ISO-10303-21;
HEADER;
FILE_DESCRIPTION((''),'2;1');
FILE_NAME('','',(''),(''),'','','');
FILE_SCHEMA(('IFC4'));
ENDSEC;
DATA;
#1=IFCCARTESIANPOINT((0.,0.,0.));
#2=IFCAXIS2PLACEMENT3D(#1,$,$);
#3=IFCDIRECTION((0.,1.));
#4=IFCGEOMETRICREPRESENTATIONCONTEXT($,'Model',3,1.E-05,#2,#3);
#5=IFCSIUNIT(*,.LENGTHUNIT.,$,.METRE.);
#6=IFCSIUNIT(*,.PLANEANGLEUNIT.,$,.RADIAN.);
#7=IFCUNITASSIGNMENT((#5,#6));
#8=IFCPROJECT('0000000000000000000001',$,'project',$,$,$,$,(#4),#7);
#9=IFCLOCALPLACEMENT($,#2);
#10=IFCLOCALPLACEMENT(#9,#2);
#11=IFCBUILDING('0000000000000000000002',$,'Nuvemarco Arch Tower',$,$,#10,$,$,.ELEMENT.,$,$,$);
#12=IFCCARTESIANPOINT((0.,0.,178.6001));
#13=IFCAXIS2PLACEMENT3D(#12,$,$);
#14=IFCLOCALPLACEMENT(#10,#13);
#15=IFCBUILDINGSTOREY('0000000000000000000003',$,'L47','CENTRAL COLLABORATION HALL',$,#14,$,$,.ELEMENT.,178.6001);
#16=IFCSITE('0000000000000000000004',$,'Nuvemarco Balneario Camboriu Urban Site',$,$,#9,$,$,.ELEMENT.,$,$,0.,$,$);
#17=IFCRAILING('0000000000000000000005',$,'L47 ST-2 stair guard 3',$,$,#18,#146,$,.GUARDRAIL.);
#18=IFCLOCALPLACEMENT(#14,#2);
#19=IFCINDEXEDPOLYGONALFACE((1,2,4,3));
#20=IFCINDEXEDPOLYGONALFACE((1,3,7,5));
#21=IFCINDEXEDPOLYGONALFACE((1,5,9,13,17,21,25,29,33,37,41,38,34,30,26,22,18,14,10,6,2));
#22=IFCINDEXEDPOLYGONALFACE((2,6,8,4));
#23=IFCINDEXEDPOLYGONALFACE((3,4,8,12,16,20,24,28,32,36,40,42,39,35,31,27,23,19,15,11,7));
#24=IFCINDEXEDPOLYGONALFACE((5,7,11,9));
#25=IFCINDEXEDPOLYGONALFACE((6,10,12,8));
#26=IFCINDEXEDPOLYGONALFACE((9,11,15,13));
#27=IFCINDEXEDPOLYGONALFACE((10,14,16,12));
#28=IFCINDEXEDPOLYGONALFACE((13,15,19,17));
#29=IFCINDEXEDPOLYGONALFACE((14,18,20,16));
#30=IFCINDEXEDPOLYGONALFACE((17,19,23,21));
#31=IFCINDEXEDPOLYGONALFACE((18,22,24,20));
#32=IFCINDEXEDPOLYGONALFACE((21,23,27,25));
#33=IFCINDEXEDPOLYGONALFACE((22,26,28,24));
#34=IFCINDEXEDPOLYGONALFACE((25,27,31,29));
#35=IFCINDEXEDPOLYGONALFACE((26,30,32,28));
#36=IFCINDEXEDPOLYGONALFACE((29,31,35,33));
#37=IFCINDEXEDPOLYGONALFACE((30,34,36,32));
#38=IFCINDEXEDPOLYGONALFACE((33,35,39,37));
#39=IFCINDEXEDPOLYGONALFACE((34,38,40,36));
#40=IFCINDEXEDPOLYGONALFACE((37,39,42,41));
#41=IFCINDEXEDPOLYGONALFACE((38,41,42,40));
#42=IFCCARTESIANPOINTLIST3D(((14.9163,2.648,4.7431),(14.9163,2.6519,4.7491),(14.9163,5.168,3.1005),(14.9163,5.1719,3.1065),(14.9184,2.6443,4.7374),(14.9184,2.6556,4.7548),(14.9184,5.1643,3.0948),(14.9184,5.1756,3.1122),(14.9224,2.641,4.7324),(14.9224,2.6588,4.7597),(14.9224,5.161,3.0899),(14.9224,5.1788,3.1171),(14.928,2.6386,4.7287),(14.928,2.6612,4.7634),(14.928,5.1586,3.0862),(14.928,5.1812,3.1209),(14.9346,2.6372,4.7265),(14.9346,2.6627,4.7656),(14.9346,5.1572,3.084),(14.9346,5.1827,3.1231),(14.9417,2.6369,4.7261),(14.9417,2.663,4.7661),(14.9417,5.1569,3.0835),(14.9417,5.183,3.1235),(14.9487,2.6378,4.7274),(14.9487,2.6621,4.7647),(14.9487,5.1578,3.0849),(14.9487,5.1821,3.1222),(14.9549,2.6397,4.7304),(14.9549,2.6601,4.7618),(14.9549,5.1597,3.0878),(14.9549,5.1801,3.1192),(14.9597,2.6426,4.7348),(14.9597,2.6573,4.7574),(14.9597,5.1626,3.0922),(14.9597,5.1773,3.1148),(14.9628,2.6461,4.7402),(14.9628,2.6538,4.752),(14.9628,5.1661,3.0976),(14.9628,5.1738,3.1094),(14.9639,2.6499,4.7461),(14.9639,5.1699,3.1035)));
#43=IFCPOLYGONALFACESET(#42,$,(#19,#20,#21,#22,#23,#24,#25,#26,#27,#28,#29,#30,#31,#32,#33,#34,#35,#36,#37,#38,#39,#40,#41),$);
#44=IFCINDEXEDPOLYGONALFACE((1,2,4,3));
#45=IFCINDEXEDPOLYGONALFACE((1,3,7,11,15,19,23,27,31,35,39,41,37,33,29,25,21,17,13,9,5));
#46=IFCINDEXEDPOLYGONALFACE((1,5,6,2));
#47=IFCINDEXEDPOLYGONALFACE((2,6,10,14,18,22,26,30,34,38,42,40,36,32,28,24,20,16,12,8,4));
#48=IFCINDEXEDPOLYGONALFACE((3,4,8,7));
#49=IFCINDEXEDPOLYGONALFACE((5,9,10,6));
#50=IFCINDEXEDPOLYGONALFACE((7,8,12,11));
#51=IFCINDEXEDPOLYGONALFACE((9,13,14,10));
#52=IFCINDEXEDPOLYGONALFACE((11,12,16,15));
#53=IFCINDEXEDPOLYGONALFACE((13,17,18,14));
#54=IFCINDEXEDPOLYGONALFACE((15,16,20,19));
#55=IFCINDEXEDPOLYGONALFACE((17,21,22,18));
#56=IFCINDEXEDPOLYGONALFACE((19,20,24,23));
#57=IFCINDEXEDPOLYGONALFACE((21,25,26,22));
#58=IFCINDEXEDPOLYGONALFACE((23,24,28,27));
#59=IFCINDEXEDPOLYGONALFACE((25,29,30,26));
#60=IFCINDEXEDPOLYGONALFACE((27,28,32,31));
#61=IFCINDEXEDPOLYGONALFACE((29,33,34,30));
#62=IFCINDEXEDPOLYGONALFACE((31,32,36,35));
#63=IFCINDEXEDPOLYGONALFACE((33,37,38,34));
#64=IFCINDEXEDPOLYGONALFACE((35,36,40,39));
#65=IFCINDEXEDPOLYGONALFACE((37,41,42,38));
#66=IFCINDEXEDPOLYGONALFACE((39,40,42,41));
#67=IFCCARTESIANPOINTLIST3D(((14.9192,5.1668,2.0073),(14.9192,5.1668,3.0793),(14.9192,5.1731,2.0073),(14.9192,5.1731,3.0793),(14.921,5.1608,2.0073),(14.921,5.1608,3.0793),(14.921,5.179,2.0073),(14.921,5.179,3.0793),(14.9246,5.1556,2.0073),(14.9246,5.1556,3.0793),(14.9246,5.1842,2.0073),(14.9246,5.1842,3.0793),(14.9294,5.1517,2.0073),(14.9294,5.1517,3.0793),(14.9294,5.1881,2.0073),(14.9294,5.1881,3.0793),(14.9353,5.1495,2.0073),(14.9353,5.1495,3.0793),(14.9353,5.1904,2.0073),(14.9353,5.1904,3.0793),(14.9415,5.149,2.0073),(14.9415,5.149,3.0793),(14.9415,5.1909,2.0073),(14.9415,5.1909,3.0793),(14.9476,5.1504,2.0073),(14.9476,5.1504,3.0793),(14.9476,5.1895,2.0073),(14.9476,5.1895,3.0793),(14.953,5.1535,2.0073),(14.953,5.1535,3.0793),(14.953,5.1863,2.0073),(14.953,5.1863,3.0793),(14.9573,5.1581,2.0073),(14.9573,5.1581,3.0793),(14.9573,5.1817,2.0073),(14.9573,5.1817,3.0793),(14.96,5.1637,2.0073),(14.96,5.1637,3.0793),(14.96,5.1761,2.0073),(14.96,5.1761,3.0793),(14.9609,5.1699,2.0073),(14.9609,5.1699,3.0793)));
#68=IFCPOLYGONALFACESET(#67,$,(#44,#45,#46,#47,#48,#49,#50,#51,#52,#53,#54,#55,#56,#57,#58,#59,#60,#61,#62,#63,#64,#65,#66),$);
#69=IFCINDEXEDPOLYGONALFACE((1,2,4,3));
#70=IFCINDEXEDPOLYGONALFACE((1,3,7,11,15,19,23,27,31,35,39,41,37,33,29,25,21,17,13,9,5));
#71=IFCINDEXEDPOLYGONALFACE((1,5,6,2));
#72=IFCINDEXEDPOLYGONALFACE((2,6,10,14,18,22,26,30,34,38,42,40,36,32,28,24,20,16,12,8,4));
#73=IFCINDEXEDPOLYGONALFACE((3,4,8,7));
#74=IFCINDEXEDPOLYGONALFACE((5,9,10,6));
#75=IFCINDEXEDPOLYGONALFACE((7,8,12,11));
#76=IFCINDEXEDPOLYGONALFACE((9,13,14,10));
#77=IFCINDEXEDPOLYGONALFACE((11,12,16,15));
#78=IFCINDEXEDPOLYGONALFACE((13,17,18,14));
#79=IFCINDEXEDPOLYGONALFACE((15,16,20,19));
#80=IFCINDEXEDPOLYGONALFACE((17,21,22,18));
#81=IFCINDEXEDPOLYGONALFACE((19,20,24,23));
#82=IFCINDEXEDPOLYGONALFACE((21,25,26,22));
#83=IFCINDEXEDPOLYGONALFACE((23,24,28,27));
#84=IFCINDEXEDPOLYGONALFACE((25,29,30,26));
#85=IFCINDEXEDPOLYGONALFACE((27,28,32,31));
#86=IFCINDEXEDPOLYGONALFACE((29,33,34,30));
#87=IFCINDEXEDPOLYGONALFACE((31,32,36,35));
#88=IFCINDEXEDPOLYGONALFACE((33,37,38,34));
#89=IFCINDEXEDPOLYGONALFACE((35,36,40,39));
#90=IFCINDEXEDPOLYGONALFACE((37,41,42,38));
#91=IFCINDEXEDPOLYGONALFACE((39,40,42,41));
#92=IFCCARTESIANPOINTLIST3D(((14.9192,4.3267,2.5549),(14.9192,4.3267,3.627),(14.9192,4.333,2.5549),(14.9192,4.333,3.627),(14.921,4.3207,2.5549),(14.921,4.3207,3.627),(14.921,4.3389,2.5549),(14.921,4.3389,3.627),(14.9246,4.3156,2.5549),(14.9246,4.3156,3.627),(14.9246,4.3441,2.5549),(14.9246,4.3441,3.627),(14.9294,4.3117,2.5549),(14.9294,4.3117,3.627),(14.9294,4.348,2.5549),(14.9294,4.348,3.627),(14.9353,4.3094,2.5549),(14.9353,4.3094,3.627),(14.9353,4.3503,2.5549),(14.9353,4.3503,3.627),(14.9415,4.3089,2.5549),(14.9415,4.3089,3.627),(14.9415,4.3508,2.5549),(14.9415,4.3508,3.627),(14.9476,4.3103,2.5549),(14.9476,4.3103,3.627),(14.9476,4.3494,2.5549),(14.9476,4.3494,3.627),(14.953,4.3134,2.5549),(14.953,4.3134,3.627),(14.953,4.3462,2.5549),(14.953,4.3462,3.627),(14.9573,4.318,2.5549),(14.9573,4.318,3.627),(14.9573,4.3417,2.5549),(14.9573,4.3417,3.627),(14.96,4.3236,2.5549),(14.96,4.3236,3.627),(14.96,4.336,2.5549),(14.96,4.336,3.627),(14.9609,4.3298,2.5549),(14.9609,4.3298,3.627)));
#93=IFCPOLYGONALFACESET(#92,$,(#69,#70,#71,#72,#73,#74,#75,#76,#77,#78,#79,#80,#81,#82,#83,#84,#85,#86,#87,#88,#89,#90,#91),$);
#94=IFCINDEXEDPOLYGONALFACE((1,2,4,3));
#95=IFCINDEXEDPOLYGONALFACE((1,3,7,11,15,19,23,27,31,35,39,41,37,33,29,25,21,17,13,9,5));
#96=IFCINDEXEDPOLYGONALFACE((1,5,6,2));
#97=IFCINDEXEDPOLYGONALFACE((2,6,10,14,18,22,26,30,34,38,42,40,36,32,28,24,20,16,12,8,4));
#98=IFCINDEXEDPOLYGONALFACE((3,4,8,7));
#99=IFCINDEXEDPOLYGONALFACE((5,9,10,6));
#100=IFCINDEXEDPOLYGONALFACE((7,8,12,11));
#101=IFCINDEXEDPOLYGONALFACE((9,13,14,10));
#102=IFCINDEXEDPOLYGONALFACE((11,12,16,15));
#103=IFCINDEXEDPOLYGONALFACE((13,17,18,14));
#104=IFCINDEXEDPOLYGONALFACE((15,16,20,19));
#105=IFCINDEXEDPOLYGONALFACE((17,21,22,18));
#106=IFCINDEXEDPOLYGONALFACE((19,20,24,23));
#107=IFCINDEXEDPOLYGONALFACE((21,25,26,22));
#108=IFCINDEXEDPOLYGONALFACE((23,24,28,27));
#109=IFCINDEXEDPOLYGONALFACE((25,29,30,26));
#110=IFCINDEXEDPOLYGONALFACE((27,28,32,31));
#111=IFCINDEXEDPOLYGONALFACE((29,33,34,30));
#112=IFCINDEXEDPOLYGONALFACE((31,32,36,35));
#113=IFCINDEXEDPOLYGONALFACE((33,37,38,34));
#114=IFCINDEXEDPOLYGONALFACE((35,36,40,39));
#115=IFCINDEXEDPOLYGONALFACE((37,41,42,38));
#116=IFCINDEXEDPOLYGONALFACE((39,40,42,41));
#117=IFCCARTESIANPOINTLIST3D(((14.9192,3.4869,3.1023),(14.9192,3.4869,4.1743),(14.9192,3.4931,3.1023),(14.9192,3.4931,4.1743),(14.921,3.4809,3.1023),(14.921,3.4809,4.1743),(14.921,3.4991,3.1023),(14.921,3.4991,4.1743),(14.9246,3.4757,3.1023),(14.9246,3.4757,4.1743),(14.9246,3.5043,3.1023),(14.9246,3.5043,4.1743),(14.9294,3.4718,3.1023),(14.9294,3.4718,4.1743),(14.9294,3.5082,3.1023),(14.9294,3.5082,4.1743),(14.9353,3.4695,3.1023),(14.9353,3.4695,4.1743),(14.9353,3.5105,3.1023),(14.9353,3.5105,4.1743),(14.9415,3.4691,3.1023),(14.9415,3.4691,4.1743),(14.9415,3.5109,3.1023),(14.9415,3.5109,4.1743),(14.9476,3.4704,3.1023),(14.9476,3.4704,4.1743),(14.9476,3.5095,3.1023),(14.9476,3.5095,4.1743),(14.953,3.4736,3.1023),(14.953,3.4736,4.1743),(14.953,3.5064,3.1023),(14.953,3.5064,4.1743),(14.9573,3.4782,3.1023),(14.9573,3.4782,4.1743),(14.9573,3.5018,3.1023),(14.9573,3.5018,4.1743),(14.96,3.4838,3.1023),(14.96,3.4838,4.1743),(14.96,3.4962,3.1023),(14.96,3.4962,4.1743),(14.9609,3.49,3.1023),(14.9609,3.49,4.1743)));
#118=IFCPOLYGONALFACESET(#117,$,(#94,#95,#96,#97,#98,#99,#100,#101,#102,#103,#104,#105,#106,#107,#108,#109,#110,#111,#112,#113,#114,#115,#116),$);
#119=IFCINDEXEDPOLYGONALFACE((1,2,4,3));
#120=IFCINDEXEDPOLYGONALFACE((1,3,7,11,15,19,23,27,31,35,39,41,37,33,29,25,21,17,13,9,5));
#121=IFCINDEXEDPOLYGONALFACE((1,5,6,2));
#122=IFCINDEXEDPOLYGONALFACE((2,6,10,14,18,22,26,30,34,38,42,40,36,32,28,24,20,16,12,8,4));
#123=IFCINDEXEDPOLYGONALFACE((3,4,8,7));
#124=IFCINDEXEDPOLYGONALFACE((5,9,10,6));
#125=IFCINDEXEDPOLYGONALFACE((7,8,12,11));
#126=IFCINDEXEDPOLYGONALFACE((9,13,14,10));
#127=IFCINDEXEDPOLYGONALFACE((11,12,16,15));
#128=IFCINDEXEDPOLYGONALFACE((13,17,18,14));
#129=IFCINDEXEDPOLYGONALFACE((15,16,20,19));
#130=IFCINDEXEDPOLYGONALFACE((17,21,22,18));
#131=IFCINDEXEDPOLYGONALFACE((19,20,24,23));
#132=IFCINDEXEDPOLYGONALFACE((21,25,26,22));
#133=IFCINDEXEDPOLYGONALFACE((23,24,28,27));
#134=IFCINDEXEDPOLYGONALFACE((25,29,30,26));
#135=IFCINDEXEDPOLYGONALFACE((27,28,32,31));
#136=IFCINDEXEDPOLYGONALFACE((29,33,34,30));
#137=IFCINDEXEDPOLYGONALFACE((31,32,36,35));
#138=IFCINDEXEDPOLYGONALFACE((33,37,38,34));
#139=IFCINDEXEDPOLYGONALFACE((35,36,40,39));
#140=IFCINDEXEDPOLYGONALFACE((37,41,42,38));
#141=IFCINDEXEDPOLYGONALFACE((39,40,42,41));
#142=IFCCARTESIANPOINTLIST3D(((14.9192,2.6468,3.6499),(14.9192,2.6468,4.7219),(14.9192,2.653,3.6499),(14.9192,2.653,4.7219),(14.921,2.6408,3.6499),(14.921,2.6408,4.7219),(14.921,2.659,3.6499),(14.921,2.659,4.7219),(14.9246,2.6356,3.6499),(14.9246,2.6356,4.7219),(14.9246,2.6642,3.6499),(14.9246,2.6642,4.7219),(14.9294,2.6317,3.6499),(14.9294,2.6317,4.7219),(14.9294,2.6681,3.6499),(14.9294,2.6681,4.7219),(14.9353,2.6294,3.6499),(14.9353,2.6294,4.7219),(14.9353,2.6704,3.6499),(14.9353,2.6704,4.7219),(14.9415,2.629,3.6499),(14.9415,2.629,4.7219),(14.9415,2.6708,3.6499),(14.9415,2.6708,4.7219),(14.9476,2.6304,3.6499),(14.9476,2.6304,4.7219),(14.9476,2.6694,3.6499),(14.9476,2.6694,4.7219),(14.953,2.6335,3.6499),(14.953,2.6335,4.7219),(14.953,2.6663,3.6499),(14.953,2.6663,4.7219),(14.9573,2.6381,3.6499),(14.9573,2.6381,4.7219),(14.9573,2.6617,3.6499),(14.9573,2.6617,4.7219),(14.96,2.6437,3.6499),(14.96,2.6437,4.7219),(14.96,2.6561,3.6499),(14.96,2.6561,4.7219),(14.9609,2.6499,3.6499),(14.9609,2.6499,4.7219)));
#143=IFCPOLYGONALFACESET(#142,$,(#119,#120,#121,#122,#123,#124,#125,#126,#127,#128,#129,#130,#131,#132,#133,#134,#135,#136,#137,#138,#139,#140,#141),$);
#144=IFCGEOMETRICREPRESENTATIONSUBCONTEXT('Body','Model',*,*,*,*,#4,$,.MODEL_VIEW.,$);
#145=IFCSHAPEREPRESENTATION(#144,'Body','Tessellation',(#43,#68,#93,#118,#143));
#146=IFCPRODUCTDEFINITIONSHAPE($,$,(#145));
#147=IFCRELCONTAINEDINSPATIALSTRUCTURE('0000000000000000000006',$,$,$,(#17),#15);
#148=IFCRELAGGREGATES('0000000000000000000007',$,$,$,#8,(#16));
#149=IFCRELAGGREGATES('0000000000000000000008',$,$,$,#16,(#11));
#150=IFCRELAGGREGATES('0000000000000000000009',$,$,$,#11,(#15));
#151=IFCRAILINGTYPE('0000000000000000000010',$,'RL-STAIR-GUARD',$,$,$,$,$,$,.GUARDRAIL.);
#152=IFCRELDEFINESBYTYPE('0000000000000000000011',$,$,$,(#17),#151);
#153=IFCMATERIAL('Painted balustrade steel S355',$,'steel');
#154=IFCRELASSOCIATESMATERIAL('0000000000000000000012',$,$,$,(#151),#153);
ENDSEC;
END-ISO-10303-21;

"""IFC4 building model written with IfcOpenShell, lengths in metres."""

from ifc_helpers import new_model, si_unit, direction, frame, origin, origin_2d, place, context, subcontext, project, spatial, circle, extrude, material, type_object, element, save


model = new_model("IFC4")

# Units and contexts
model_context = context("Model", 3, precision=1e-05, world=origin(), true_north=direction((0.0, 1.0)))
body_context = subcontext(model_context, "Body", "Model", "MODEL_VIEW")
ifc_project = project(units=[si_unit("LENGTHUNIT", "METRE"), si_unit("PLANEANGLEUNIT", "RADIAN")], contexts=[model_context])

# Site, building, storey
site_placement = place(None, origin())
site = spatial("IfcSite", under=ifc_project, at=site_placement, Name="Nuvemarco Balneario Camboriu Urban Site", CompositionType="ELEMENT", RefElevation=0.0)
building_placement = place(site_placement, origin())
building = spatial("IfcBuilding", under=site, at=building_placement, Name="Nuvemarco Arch Tower", CompositionType="ELEMENT")
storey_placement = place(building_placement, frame((0.0, 0.0, 178.6001)))
storey = spatial("IfcBuildingStorey", under=building, at=storey_placement, Name="L47", Description="CENTRAL COLLABORATION HALL", CompositionType="ELEMENT", Elevation=178.6001)

# Railing
ifc_material_1 = material(Name="Painted balustrade steel S355", Category="steel")
railing_type_1 = type_object("IfcRailingType", Name="RL-STAIR-GUARD", PredefinedType="GUARDRAIL", material=ifc_material_1)
railing_1_placement = place(storey_placement, frame((14.9399, 5.1699, 2.0073)))
element("IfcRailing", 1, at=railing_1_placement, inside=storey, type_object=railing_type_1, Name="L47 ST-2 stair guard 3", PredefinedType="GUARDRAIL", context=body_context, shape_type="SweptSolid", body=[
    extrude(circle(Radius=0.0239, at=origin_2d()), frame((0.0, 0.0, 1.0962), z_axis=(0.0, -0.837749, 0.546055), x_axis=(1.0, 0.0, 0.0)), (0.0, 0.0, 1.0), 3.0081),
    extrude(circle(Radius=0.021, at=origin_2d()), origin(), (0.0, 0.0, 1.0), 1.072),
    extrude(circle(Radius=0.021, at=origin_2d()), frame((0.0, -0.8401, 0.5476)), (0.0, 0.0, 1.0), 1.072),
    extrude(circle(Radius=0.021, at=origin_2d()), frame((0.0, -1.6799, 1.095)), (0.0, 0.0, 1.0), 1.072),
    extrude(circle(Radius=0.021, at=origin_2d()), frame((0.0, -2.52, 1.6426)), (0.0, 0.0, 1.0), 1.072),
])

save(model, "model.ifc")
